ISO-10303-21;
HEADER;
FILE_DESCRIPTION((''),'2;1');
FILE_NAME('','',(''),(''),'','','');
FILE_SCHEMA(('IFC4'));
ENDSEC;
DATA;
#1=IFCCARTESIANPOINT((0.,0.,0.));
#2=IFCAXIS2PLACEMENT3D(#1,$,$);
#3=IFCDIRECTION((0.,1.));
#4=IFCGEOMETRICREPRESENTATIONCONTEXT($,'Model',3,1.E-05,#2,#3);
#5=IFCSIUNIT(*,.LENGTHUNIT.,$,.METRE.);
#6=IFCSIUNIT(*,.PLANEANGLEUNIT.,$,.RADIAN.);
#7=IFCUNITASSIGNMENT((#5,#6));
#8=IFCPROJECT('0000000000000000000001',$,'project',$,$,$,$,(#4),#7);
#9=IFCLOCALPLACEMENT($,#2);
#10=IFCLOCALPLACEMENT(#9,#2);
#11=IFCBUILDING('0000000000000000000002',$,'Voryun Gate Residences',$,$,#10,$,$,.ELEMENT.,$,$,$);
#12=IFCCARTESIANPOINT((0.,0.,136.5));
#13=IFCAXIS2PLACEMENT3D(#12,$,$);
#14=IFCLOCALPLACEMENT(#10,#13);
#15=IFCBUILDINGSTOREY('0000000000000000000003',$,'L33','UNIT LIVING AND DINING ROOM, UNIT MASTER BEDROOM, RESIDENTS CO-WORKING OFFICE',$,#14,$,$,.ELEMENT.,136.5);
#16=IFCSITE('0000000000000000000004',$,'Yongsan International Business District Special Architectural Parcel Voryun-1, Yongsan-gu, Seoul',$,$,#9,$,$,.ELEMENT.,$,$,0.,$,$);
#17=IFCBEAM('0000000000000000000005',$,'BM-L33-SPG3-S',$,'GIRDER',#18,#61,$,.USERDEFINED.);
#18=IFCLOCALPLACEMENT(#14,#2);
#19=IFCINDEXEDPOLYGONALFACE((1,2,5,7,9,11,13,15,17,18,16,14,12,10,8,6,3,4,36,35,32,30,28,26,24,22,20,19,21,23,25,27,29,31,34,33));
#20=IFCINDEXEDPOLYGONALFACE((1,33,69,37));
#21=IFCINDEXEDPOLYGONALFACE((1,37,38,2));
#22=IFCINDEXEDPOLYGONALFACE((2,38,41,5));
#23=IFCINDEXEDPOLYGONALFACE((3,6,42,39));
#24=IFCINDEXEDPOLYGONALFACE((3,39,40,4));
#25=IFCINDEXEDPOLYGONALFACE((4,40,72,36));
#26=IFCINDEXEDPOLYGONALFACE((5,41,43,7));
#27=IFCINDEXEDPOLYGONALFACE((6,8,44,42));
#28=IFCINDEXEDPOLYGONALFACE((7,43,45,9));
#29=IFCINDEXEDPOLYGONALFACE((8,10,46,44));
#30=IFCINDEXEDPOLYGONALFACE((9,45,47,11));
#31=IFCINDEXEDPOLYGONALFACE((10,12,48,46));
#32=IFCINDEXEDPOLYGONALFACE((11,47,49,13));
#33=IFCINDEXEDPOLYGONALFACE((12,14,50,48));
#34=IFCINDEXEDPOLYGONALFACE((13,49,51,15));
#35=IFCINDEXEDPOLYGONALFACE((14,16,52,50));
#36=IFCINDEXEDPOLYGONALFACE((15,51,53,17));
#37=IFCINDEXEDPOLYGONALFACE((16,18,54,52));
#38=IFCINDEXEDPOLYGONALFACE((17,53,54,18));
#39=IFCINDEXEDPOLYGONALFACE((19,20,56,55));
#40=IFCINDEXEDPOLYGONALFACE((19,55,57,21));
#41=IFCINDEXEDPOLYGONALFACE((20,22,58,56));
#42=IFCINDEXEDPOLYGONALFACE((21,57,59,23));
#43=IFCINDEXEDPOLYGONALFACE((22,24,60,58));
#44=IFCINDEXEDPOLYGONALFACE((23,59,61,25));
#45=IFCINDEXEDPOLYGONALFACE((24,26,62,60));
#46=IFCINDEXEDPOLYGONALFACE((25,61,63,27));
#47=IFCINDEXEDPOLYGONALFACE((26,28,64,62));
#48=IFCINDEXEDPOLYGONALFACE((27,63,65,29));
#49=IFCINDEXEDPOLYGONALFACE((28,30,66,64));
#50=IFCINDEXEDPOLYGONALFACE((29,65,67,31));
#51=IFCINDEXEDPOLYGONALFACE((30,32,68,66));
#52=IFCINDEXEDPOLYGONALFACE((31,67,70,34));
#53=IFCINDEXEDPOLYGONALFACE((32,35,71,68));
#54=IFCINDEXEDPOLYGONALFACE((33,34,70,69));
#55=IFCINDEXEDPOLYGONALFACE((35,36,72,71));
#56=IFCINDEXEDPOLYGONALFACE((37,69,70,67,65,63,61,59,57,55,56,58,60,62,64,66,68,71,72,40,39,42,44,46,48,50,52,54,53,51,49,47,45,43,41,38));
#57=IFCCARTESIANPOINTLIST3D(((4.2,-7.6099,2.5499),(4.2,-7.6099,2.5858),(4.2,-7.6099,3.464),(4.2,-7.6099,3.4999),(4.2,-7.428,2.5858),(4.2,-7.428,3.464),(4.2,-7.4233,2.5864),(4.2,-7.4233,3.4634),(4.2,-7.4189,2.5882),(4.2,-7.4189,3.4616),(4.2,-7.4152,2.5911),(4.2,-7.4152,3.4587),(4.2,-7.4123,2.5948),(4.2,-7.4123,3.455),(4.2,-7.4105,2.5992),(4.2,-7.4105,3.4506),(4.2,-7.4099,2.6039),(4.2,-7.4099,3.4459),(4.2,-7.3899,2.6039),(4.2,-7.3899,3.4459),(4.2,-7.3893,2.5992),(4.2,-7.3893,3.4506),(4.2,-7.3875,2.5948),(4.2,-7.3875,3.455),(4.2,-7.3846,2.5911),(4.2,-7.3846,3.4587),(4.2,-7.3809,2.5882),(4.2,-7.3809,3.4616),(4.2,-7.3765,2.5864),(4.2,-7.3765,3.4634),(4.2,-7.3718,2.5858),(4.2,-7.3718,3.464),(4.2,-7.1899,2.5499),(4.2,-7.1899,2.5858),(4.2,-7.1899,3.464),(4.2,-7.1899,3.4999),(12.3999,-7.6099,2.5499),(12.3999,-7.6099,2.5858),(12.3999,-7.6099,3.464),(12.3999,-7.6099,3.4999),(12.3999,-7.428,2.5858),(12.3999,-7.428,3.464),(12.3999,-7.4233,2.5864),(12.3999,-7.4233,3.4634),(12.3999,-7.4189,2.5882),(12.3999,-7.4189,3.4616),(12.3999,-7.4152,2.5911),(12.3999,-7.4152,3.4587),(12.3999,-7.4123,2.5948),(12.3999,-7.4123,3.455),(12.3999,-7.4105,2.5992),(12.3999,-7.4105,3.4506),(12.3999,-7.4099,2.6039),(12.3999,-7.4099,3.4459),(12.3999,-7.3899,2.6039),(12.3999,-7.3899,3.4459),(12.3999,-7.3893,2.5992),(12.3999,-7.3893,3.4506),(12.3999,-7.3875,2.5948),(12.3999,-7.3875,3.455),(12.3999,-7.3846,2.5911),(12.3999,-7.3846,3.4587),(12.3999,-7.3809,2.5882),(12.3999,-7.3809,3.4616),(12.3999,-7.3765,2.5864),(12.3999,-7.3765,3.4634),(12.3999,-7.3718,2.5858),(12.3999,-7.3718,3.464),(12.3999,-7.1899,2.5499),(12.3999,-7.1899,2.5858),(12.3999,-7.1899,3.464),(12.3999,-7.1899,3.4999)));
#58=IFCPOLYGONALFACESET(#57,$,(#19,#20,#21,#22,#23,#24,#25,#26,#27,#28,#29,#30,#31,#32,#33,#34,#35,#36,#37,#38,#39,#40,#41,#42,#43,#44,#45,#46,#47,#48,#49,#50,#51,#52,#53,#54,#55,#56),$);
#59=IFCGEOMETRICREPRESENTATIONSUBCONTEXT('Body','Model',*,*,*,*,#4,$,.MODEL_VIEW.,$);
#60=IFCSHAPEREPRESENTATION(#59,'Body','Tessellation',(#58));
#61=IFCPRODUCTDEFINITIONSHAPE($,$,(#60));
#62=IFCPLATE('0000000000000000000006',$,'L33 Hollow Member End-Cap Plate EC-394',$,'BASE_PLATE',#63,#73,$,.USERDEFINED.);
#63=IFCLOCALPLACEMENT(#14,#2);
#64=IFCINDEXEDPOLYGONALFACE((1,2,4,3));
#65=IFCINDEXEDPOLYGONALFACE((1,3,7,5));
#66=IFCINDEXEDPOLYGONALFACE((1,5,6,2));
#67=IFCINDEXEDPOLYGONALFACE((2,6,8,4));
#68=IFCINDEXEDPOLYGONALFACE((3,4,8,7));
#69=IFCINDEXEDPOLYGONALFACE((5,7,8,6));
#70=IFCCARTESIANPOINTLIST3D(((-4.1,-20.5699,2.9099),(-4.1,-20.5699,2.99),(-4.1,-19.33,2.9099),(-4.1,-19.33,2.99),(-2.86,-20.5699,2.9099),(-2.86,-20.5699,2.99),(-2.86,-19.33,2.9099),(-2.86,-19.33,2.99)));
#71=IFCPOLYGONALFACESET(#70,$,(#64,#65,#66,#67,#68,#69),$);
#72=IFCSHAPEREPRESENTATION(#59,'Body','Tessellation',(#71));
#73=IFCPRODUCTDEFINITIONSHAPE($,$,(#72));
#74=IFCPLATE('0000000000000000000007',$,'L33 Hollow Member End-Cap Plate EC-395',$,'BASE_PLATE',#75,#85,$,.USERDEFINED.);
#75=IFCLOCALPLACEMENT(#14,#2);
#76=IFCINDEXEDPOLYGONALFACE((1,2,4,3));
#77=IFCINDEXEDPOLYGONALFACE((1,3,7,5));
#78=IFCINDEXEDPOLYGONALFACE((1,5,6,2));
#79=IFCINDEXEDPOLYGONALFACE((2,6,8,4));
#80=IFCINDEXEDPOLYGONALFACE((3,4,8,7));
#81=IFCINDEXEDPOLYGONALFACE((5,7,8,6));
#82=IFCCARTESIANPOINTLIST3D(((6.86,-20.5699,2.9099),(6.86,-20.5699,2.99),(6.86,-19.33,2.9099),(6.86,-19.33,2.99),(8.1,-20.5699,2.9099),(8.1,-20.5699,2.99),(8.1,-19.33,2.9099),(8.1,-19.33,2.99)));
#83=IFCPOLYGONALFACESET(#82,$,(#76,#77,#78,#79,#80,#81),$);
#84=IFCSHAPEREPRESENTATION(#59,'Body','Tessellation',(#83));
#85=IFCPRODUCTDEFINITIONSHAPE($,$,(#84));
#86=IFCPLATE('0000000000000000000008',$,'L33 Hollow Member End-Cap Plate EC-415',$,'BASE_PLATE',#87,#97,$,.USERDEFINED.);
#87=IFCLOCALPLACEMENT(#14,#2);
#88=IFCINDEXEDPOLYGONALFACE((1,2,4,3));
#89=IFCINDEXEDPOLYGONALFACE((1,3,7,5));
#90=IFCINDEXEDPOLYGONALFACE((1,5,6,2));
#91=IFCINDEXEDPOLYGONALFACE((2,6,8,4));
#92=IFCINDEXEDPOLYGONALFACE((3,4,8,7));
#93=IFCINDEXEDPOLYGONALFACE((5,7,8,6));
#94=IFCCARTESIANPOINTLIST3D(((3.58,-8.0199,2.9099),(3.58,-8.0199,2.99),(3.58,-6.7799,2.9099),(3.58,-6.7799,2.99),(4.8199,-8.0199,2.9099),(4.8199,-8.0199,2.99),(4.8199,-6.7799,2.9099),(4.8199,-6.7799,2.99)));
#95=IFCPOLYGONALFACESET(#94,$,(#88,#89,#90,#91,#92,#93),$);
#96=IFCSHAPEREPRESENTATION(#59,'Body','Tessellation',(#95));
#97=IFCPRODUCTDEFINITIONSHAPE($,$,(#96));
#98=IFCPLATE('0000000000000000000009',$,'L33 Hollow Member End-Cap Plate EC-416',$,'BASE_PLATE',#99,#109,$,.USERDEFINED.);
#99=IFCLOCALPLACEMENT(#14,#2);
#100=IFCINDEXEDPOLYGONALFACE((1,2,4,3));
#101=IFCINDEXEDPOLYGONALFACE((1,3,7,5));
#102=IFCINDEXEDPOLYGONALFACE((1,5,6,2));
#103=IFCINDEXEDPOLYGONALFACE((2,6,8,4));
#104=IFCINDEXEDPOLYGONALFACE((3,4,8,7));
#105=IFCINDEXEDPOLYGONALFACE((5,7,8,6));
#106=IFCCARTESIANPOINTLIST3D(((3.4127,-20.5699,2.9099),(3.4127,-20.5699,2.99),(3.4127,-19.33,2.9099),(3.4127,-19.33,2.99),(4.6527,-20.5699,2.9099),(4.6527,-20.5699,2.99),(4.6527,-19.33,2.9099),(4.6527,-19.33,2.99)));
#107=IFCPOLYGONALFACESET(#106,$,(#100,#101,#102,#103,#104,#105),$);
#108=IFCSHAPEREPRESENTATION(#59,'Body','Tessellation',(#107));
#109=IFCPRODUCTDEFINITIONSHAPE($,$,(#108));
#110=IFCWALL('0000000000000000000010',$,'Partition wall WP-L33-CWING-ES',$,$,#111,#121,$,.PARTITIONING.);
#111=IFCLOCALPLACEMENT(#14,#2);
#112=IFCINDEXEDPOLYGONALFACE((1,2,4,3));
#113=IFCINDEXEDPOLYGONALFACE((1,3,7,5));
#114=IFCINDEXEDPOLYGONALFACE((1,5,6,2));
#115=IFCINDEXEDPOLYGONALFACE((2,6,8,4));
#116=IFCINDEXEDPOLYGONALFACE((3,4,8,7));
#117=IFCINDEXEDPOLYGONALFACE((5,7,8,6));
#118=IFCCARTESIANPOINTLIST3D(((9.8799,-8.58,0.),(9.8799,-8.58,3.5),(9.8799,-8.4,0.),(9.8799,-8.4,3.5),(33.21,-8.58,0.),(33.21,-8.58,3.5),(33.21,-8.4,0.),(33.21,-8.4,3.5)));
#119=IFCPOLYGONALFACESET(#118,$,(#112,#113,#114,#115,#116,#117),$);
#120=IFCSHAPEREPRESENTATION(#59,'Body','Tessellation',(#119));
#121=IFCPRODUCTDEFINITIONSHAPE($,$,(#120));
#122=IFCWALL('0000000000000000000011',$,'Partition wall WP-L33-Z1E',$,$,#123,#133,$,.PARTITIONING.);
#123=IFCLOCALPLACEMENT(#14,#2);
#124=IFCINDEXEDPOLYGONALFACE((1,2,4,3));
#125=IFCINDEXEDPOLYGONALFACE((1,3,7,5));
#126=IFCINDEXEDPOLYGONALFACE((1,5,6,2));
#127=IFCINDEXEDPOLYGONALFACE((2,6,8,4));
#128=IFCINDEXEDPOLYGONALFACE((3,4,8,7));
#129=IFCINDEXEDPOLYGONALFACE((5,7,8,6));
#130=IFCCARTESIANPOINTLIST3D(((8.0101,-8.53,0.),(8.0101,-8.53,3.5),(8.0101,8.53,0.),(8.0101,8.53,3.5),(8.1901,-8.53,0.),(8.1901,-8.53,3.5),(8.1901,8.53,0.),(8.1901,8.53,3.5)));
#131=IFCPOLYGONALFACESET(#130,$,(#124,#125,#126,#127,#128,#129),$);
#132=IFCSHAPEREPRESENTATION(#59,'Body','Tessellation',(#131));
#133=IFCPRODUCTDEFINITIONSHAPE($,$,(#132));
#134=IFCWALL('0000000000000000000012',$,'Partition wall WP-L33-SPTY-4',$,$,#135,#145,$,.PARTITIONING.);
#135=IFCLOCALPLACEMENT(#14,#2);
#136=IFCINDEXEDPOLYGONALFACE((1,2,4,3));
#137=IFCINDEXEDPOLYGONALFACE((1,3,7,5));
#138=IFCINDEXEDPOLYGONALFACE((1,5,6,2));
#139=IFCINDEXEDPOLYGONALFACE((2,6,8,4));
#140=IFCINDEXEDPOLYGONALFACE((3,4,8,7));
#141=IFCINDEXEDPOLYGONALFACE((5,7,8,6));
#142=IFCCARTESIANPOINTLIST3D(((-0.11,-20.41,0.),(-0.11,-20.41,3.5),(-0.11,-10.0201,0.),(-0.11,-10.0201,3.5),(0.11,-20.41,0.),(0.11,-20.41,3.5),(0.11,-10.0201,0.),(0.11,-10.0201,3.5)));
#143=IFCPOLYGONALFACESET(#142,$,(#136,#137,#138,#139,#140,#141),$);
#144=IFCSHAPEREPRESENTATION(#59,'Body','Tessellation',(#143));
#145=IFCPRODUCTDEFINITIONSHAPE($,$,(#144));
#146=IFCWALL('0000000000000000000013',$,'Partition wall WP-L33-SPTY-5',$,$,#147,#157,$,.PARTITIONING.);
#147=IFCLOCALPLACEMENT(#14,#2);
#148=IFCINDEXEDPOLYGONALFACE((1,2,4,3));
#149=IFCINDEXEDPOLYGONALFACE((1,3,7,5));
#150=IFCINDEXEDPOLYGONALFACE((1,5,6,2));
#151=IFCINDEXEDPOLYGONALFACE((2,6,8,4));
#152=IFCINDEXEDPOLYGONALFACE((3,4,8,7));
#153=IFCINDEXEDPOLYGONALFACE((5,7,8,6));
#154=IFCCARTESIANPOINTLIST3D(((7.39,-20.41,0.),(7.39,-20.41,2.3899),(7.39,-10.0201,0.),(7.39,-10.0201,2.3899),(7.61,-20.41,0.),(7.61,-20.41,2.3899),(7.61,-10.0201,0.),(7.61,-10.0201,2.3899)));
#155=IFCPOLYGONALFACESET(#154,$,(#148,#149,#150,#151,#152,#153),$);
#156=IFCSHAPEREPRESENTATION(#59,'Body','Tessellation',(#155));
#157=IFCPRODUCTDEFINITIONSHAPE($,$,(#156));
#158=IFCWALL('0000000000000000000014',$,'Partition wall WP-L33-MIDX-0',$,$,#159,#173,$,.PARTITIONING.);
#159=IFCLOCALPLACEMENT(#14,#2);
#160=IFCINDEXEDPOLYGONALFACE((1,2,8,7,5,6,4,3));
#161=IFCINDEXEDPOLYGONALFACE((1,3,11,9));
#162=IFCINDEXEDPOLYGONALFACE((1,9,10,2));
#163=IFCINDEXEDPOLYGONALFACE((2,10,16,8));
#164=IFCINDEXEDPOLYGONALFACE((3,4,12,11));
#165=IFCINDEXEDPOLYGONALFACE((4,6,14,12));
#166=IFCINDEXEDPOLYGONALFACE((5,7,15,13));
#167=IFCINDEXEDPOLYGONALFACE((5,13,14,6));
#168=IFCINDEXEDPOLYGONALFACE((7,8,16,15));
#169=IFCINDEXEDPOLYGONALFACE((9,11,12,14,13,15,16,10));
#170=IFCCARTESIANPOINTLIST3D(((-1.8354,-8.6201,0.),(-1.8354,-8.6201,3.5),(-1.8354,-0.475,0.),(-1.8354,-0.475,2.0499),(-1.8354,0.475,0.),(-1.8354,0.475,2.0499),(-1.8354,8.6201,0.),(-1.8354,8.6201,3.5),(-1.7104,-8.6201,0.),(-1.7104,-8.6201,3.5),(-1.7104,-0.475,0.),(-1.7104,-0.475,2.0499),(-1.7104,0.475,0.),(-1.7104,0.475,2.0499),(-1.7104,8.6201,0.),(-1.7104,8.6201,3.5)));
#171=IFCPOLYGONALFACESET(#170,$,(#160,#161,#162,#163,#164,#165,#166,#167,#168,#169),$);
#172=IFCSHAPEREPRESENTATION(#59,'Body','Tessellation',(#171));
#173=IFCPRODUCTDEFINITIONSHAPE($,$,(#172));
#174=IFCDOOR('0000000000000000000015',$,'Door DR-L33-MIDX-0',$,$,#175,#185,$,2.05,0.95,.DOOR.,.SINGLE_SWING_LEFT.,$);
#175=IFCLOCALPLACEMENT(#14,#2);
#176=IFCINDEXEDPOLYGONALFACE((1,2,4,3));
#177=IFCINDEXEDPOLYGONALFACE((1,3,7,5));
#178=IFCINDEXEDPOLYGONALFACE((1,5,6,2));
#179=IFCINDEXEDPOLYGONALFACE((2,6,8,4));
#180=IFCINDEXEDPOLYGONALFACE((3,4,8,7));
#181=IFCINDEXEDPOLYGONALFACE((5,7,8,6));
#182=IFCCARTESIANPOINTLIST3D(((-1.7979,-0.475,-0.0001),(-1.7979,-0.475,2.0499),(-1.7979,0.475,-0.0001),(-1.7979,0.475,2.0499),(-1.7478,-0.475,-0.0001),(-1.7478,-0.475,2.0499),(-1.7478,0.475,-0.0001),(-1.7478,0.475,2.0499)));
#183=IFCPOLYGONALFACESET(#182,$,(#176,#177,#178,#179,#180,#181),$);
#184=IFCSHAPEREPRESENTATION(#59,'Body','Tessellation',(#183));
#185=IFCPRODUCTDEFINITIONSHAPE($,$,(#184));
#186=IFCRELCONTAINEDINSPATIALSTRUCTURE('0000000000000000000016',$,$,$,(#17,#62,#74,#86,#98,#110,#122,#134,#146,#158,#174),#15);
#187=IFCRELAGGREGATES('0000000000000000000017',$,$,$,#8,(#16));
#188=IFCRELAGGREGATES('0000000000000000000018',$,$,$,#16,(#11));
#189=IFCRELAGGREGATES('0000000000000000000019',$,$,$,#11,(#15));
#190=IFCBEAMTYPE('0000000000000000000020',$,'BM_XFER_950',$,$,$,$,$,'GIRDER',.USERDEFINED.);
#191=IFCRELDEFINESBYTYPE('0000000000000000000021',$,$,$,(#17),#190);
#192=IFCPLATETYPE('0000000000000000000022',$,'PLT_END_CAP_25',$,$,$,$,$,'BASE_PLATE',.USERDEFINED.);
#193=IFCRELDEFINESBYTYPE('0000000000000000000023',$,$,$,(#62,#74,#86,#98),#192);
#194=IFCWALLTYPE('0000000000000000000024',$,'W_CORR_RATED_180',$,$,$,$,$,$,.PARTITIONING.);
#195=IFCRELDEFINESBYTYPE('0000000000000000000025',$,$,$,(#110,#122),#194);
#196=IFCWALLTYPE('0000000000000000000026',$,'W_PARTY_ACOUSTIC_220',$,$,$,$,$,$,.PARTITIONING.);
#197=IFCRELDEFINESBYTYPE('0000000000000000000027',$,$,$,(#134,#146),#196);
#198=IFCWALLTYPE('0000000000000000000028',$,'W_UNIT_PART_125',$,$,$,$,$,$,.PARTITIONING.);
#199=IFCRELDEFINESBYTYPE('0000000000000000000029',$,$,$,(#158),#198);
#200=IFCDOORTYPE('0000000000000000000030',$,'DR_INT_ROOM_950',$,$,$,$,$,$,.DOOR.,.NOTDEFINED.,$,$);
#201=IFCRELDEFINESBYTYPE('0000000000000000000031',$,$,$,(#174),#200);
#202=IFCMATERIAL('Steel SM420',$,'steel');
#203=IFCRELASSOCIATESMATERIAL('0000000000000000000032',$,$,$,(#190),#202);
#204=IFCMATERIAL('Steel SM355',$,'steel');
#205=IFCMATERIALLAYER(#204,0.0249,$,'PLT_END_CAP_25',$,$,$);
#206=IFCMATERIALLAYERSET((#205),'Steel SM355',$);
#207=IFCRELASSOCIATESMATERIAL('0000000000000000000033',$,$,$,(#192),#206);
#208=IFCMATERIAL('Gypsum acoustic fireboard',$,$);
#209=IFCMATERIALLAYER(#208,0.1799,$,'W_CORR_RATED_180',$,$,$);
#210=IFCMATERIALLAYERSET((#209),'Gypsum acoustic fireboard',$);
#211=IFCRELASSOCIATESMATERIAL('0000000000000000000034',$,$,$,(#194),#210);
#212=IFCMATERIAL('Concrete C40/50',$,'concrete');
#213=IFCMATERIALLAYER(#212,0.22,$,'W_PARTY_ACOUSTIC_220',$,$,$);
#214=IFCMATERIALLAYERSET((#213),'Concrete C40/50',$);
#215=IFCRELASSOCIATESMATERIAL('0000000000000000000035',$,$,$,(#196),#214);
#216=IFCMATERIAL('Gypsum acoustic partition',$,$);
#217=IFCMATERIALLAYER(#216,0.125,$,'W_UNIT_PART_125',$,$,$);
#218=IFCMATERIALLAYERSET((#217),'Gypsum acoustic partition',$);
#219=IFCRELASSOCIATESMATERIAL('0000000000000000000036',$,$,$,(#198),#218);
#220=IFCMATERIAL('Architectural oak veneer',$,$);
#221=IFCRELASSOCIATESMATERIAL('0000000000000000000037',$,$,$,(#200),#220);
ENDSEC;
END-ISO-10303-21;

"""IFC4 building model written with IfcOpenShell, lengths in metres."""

from ifc_helpers import new_model, si_unit, direction, frame, frame_2d, origin, origin_2d, place, context, subcontext, project, spatial, rectangle, i_section, extrude, material, layer, layer_set, material_profile, profile_set, type_object, element, fill, save


model = new_model("IFC4")

# Units and contexts
model_context = context("Model", 3, precision=1e-05, world=origin(), true_north=direction((0.0, 1.0)))
body_context = subcontext(model_context, "Body", "Model", "MODEL_VIEW")
ifc_project = project(units=[si_unit("LENGTHUNIT", "METRE"), si_unit("PLANEANGLEUNIT", "RADIAN")], contexts=[model_context])

# Site, building, storey
site_placement = place(None, origin())
site = spatial("IfcSite", under=ifc_project, at=site_placement, Name="Yongsan International Business District Special Architectural Parcel Voryun-1, Yongsan-gu, Seoul", CompositionType="ELEMENT", RefElevation=0.0)
building_placement = place(site_placement, origin())
building = spatial("IfcBuilding", under=site, at=building_placement, Name="Voryun Gate Residences", CompositionType="ELEMENT")
storey_placement = place(building_placement, frame((0.0, 0.0, 136.5)))
storey = spatial("IfcBuildingStorey", under=building, at=storey_placement, Name="L33", Description="UNIT LIVING AND DINING ROOM, UNIT MASTER BEDROOM, RESIDENTS CO-WORKING OFFICE", CompositionType="ELEMENT", Elevation=136.5)

# Beam
ifc_material_1 = material(Name="Steel SM420", Category="steel")
ifc_material_profile_1 = material_profile(ifc_material_1, i_section(OverallWidth=0.4199, OverallDepth=0.95, WebThickness=0.02, FlangeThickness=0.0359, FilletRadius=0.0181, at=origin_2d()), Name="H-950x420x20x36")
ifc_profile_set_1 = profile_set([ifc_material_profile_1], Name="Steel SM420")
beam_type_1 = type_object("IfcBeamType", Name="BM_XFER_950", ElementType="GIRDER", PredefinedType="USERDEFINED", material=ifc_profile_set_1)
beam_1_placement = place(storey_placement, frame((4.2, -7.3999, 3.0249), z_axis=(1.0, 0.0, 0.0), x_axis=(0.0, 1.0, 0.0)))
element("IfcBeam", 1, at=beam_1_placement, inside=storey, type_object=beam_type_1, Name="BM-L33-SPG3-S", ObjectType="GIRDER", PredefinedType="USERDEFINED", context=body_context, shape_type="SweptSolid", body=[
    extrude(i_section(OverallWidth=0.4199, OverallDepth=0.95, WebThickness=0.02, FlangeThickness=0.0359, FilletRadius=0.0181, at=origin_2d()), origin(), (0.0, 0.0, 1.0), 8.2),
])

# Plates
ifc_material_2 = material(Name="Steel SM355", Category="steel")
ifc_layer_1 = layer(ifc_material_2, 0.0249, Name="PLT_END_CAP_25")
ifc_layer_set_1 = layer_set([ifc_layer_1], Name="Steel SM355")
plate_type = type_object("IfcPlateType", Name="PLT_END_CAP_25", ElementType="BASE_PLATE", PredefinedType="USERDEFINED", material=ifc_layer_set_1)
for number, where, z_axis, x_axis, name in (
    (2, (-3.48, -19.95, 2.9099), (0.0, 0.0, 1.0), (1.0, 0.0, 0.0), "L33 Hollow Member End-Cap Plate EC-394"),
    (3, (7.48, -19.95, 2.9099), (0.0, 0.0, 1.0), (1.0, 0.0, 0.0), "L33 Hollow Member End-Cap Plate EC-395"),
    (4, (4.2, -7.3999, 2.9099), (0.0, 0.0, 1.0), (1.0, 0.0, 0.0), "L33 Hollow Member End-Cap Plate EC-415"),
    (5, (4.0327, -19.95, 2.9099), (0.0, 0.0, 1.0), (1.0, 0.0, 0.0), "L33 Hollow Member End-Cap Plate EC-416"),
):
    element("IfcPlate", number, at=place(storey_placement, frame(where, z_axis=z_axis, x_axis=x_axis)), inside=storey, type_object=plate_type, Name=name, ObjectType="BASE_PLATE", PredefinedType="USERDEFINED", context=body_context, shape_type="SweptSolid", body=[
        extrude(rectangle(XDim=1.24, YDim=1.24, at=origin_2d()), origin(), (0.0, 0.0, 1.0), 0.0801),
    ])

# Walls
ifc_material_3 = material(Name="Gypsum acoustic fireboard")
ifc_layer_2 = layer(ifc_material_3, 0.1799, Name="W_CORR_RATED_180")
ifc_layer_set_2 = layer_set([ifc_layer_2], Name="Gypsum acoustic fireboard")
wall_type_1 = type_object("IfcWallType", Name="W_CORR_RATED_180", PredefinedType="PARTITIONING", material=ifc_layer_set_2)
wall_1_placement = place(storey_placement, frame((9.8799, -8.49, 0.0), z_axis=(0.0, 0.0, 1.0), x_axis=(1.0, 0.0, 0.0)))
element("IfcWall", 6, at=wall_1_placement, inside=storey, type_object=wall_type_1, Name="Partition wall WP-L33-CWING-ES", PredefinedType="PARTITIONING", context=body_context, shape_type="SweptSolid", body=[
    extrude(rectangle(XDim=23.3301, YDim=0.1799, at=frame_2d((11.665, 0.0))), origin(), (0.0, 0.0, 1.0), 3.5),
])
wall_2_placement = place(storey_placement, frame((8.1001, -8.53, 0.0), z_axis=(0.0, 0.0, 1.0), x_axis=(0.0, 1.0, 0.0)))
element("IfcWall", 7, at=wall_2_placement, inside=storey, type_object=wall_type_1, Name="Partition wall WP-L33-Z1E", PredefinedType="PARTITIONING", context=body_context, shape_type="SweptSolid", body=[
    extrude(rectangle(XDim=17.0601, YDim=0.1799, at=frame_2d((8.53, 0.0))), origin(), (0.0, 0.0, 1.0), 3.5),
])
ifc_material_4 = material(Name="Concrete C40/50", Category="concrete")
ifc_layer_3 = layer(ifc_material_4, 0.22, Name="W_PARTY_ACOUSTIC_220")
ifc_layer_set_3 = layer_set([ifc_layer_3], Name="Concrete C40/50")
wall_type_2 = type_object("IfcWallType", Name="W_PARTY_ACOUSTIC_220", PredefinedType="PARTITIONING", material=ifc_layer_set_3)
wall_3_placement = place(storey_placement, frame((0.0, -20.4099, 0.0), z_axis=(0.0, 0.0, 1.0), x_axis=(0.0, 1.0, 0.0)))
element("IfcWall", 8, at=wall_3_placement, inside=storey, type_object=wall_type_2, Name="Partition wall WP-L33-SPTY-4", PredefinedType="PARTITIONING", context=body_context, shape_type="SweptSolid", body=[
    extrude(rectangle(XDim=10.3899, YDim=0.22, at=frame_2d((5.1948, 0.0))), origin(), (0.0, 0.0, 1.0), 3.5),
])
wall_4_placement = place(storey_placement, frame((7.5, -20.4099, 0.0), z_axis=(0.0, 0.0, 1.0), x_axis=(0.0, 1.0, 0.0)))
element("IfcWall", 9, at=wall_4_placement, inside=storey, type_object=wall_type_2, Name="Partition wall WP-L33-SPTY-5", PredefinedType="PARTITIONING", context=body_context, shape_type="SweptSolid", body=[
    extrude(rectangle(XDim=10.3899, YDim=0.22, at=frame_2d((5.1948, 0.0))), origin(), (0.0, 0.0, 1.0), 2.3899),
])

# Wall, opening, door
ifc_material_5 = material(Name="Gypsum acoustic partition")
ifc_layer_4 = layer(ifc_material_5, 0.125, Name="W_UNIT_PART_125")
ifc_layer_set_4 = layer_set([ifc_layer_4], Name="Gypsum acoustic partition")
wall_type_3 = type_object("IfcWallType", Name="W_UNIT_PART_125", PredefinedType="PARTITIONING", material=ifc_layer_set_4)
wall_5_placement = place(storey_placement, frame((-1.7729, -8.6201, 0.0), z_axis=(0.0, 0.0, 1.0), x_axis=(0.0, 1.0, 0.0)))
wall_5 = element("IfcWall", 10, at=wall_5_placement, inside=storey, type_object=wall_type_3, Name="Partition wall WP-L33-MIDX-0", PredefinedType="PARTITIONING", context=body_context, shape_type="SweptSolid", body=[
    extrude(rectangle(XDim=17.2402, YDim=0.125, at=frame_2d((8.6201, 0.0))), origin(), (0.0, 0.0, 1.0), 3.5),
])
opening_1_placement = place(wall_5_placement, frame((8.145, 0.0, 0.0)))
opening_1 = element("IfcOpeningElement", 11, at=opening_1_placement, cuts=wall_5, PredefinedType="OPENING", context=body_context, shape_type="SweptSolid", body=[
    extrude(rectangle(XDim=0.95, YDim=2.05, at=frame_2d((0.4751, 1.0249))), frame((0.0, 0.0725, 0.0), z_axis=(0.0, -1.0, 0.0), x_axis=(1.0, 0.0, 0.0)), (0.0, 0.0, 1.0), 0.145),
])
ifc_material_6 = material(Name="Architectural oak veneer")
door_type_1 = type_object("IfcDoorType", Name="DR_INT_ROOM_950", OperationType="NOTDEFINED", PredefinedType="DOOR", material=ifc_material_6)
door_1_placement = place(opening_1_placement, origin())
door_1 = element("IfcDoor", 12, at=door_1_placement, inside=storey, type_object=door_type_1, Name="Door DR-L33-MIDX-0", OperationType="SINGLE_SWING_LEFT", OverallHeight=2.05, OverallWidth=0.95, PredefinedType="DOOR", context=body_context, shape_type="SweptSolid", body=[
    extrude(rectangle(XDim=0.95, YDim=2.05, at=frame_2d((0.4751, 1.0249))), frame((0.0, 0.0249, 0.0), z_axis=(0.0, -1.0, 0.0), x_axis=(1.0, 0.0, 0.0)), (0.0, 0.0, 1.0), 0.05),
])
fill(opening_1, door_1)

save(model, "model.ifc")
